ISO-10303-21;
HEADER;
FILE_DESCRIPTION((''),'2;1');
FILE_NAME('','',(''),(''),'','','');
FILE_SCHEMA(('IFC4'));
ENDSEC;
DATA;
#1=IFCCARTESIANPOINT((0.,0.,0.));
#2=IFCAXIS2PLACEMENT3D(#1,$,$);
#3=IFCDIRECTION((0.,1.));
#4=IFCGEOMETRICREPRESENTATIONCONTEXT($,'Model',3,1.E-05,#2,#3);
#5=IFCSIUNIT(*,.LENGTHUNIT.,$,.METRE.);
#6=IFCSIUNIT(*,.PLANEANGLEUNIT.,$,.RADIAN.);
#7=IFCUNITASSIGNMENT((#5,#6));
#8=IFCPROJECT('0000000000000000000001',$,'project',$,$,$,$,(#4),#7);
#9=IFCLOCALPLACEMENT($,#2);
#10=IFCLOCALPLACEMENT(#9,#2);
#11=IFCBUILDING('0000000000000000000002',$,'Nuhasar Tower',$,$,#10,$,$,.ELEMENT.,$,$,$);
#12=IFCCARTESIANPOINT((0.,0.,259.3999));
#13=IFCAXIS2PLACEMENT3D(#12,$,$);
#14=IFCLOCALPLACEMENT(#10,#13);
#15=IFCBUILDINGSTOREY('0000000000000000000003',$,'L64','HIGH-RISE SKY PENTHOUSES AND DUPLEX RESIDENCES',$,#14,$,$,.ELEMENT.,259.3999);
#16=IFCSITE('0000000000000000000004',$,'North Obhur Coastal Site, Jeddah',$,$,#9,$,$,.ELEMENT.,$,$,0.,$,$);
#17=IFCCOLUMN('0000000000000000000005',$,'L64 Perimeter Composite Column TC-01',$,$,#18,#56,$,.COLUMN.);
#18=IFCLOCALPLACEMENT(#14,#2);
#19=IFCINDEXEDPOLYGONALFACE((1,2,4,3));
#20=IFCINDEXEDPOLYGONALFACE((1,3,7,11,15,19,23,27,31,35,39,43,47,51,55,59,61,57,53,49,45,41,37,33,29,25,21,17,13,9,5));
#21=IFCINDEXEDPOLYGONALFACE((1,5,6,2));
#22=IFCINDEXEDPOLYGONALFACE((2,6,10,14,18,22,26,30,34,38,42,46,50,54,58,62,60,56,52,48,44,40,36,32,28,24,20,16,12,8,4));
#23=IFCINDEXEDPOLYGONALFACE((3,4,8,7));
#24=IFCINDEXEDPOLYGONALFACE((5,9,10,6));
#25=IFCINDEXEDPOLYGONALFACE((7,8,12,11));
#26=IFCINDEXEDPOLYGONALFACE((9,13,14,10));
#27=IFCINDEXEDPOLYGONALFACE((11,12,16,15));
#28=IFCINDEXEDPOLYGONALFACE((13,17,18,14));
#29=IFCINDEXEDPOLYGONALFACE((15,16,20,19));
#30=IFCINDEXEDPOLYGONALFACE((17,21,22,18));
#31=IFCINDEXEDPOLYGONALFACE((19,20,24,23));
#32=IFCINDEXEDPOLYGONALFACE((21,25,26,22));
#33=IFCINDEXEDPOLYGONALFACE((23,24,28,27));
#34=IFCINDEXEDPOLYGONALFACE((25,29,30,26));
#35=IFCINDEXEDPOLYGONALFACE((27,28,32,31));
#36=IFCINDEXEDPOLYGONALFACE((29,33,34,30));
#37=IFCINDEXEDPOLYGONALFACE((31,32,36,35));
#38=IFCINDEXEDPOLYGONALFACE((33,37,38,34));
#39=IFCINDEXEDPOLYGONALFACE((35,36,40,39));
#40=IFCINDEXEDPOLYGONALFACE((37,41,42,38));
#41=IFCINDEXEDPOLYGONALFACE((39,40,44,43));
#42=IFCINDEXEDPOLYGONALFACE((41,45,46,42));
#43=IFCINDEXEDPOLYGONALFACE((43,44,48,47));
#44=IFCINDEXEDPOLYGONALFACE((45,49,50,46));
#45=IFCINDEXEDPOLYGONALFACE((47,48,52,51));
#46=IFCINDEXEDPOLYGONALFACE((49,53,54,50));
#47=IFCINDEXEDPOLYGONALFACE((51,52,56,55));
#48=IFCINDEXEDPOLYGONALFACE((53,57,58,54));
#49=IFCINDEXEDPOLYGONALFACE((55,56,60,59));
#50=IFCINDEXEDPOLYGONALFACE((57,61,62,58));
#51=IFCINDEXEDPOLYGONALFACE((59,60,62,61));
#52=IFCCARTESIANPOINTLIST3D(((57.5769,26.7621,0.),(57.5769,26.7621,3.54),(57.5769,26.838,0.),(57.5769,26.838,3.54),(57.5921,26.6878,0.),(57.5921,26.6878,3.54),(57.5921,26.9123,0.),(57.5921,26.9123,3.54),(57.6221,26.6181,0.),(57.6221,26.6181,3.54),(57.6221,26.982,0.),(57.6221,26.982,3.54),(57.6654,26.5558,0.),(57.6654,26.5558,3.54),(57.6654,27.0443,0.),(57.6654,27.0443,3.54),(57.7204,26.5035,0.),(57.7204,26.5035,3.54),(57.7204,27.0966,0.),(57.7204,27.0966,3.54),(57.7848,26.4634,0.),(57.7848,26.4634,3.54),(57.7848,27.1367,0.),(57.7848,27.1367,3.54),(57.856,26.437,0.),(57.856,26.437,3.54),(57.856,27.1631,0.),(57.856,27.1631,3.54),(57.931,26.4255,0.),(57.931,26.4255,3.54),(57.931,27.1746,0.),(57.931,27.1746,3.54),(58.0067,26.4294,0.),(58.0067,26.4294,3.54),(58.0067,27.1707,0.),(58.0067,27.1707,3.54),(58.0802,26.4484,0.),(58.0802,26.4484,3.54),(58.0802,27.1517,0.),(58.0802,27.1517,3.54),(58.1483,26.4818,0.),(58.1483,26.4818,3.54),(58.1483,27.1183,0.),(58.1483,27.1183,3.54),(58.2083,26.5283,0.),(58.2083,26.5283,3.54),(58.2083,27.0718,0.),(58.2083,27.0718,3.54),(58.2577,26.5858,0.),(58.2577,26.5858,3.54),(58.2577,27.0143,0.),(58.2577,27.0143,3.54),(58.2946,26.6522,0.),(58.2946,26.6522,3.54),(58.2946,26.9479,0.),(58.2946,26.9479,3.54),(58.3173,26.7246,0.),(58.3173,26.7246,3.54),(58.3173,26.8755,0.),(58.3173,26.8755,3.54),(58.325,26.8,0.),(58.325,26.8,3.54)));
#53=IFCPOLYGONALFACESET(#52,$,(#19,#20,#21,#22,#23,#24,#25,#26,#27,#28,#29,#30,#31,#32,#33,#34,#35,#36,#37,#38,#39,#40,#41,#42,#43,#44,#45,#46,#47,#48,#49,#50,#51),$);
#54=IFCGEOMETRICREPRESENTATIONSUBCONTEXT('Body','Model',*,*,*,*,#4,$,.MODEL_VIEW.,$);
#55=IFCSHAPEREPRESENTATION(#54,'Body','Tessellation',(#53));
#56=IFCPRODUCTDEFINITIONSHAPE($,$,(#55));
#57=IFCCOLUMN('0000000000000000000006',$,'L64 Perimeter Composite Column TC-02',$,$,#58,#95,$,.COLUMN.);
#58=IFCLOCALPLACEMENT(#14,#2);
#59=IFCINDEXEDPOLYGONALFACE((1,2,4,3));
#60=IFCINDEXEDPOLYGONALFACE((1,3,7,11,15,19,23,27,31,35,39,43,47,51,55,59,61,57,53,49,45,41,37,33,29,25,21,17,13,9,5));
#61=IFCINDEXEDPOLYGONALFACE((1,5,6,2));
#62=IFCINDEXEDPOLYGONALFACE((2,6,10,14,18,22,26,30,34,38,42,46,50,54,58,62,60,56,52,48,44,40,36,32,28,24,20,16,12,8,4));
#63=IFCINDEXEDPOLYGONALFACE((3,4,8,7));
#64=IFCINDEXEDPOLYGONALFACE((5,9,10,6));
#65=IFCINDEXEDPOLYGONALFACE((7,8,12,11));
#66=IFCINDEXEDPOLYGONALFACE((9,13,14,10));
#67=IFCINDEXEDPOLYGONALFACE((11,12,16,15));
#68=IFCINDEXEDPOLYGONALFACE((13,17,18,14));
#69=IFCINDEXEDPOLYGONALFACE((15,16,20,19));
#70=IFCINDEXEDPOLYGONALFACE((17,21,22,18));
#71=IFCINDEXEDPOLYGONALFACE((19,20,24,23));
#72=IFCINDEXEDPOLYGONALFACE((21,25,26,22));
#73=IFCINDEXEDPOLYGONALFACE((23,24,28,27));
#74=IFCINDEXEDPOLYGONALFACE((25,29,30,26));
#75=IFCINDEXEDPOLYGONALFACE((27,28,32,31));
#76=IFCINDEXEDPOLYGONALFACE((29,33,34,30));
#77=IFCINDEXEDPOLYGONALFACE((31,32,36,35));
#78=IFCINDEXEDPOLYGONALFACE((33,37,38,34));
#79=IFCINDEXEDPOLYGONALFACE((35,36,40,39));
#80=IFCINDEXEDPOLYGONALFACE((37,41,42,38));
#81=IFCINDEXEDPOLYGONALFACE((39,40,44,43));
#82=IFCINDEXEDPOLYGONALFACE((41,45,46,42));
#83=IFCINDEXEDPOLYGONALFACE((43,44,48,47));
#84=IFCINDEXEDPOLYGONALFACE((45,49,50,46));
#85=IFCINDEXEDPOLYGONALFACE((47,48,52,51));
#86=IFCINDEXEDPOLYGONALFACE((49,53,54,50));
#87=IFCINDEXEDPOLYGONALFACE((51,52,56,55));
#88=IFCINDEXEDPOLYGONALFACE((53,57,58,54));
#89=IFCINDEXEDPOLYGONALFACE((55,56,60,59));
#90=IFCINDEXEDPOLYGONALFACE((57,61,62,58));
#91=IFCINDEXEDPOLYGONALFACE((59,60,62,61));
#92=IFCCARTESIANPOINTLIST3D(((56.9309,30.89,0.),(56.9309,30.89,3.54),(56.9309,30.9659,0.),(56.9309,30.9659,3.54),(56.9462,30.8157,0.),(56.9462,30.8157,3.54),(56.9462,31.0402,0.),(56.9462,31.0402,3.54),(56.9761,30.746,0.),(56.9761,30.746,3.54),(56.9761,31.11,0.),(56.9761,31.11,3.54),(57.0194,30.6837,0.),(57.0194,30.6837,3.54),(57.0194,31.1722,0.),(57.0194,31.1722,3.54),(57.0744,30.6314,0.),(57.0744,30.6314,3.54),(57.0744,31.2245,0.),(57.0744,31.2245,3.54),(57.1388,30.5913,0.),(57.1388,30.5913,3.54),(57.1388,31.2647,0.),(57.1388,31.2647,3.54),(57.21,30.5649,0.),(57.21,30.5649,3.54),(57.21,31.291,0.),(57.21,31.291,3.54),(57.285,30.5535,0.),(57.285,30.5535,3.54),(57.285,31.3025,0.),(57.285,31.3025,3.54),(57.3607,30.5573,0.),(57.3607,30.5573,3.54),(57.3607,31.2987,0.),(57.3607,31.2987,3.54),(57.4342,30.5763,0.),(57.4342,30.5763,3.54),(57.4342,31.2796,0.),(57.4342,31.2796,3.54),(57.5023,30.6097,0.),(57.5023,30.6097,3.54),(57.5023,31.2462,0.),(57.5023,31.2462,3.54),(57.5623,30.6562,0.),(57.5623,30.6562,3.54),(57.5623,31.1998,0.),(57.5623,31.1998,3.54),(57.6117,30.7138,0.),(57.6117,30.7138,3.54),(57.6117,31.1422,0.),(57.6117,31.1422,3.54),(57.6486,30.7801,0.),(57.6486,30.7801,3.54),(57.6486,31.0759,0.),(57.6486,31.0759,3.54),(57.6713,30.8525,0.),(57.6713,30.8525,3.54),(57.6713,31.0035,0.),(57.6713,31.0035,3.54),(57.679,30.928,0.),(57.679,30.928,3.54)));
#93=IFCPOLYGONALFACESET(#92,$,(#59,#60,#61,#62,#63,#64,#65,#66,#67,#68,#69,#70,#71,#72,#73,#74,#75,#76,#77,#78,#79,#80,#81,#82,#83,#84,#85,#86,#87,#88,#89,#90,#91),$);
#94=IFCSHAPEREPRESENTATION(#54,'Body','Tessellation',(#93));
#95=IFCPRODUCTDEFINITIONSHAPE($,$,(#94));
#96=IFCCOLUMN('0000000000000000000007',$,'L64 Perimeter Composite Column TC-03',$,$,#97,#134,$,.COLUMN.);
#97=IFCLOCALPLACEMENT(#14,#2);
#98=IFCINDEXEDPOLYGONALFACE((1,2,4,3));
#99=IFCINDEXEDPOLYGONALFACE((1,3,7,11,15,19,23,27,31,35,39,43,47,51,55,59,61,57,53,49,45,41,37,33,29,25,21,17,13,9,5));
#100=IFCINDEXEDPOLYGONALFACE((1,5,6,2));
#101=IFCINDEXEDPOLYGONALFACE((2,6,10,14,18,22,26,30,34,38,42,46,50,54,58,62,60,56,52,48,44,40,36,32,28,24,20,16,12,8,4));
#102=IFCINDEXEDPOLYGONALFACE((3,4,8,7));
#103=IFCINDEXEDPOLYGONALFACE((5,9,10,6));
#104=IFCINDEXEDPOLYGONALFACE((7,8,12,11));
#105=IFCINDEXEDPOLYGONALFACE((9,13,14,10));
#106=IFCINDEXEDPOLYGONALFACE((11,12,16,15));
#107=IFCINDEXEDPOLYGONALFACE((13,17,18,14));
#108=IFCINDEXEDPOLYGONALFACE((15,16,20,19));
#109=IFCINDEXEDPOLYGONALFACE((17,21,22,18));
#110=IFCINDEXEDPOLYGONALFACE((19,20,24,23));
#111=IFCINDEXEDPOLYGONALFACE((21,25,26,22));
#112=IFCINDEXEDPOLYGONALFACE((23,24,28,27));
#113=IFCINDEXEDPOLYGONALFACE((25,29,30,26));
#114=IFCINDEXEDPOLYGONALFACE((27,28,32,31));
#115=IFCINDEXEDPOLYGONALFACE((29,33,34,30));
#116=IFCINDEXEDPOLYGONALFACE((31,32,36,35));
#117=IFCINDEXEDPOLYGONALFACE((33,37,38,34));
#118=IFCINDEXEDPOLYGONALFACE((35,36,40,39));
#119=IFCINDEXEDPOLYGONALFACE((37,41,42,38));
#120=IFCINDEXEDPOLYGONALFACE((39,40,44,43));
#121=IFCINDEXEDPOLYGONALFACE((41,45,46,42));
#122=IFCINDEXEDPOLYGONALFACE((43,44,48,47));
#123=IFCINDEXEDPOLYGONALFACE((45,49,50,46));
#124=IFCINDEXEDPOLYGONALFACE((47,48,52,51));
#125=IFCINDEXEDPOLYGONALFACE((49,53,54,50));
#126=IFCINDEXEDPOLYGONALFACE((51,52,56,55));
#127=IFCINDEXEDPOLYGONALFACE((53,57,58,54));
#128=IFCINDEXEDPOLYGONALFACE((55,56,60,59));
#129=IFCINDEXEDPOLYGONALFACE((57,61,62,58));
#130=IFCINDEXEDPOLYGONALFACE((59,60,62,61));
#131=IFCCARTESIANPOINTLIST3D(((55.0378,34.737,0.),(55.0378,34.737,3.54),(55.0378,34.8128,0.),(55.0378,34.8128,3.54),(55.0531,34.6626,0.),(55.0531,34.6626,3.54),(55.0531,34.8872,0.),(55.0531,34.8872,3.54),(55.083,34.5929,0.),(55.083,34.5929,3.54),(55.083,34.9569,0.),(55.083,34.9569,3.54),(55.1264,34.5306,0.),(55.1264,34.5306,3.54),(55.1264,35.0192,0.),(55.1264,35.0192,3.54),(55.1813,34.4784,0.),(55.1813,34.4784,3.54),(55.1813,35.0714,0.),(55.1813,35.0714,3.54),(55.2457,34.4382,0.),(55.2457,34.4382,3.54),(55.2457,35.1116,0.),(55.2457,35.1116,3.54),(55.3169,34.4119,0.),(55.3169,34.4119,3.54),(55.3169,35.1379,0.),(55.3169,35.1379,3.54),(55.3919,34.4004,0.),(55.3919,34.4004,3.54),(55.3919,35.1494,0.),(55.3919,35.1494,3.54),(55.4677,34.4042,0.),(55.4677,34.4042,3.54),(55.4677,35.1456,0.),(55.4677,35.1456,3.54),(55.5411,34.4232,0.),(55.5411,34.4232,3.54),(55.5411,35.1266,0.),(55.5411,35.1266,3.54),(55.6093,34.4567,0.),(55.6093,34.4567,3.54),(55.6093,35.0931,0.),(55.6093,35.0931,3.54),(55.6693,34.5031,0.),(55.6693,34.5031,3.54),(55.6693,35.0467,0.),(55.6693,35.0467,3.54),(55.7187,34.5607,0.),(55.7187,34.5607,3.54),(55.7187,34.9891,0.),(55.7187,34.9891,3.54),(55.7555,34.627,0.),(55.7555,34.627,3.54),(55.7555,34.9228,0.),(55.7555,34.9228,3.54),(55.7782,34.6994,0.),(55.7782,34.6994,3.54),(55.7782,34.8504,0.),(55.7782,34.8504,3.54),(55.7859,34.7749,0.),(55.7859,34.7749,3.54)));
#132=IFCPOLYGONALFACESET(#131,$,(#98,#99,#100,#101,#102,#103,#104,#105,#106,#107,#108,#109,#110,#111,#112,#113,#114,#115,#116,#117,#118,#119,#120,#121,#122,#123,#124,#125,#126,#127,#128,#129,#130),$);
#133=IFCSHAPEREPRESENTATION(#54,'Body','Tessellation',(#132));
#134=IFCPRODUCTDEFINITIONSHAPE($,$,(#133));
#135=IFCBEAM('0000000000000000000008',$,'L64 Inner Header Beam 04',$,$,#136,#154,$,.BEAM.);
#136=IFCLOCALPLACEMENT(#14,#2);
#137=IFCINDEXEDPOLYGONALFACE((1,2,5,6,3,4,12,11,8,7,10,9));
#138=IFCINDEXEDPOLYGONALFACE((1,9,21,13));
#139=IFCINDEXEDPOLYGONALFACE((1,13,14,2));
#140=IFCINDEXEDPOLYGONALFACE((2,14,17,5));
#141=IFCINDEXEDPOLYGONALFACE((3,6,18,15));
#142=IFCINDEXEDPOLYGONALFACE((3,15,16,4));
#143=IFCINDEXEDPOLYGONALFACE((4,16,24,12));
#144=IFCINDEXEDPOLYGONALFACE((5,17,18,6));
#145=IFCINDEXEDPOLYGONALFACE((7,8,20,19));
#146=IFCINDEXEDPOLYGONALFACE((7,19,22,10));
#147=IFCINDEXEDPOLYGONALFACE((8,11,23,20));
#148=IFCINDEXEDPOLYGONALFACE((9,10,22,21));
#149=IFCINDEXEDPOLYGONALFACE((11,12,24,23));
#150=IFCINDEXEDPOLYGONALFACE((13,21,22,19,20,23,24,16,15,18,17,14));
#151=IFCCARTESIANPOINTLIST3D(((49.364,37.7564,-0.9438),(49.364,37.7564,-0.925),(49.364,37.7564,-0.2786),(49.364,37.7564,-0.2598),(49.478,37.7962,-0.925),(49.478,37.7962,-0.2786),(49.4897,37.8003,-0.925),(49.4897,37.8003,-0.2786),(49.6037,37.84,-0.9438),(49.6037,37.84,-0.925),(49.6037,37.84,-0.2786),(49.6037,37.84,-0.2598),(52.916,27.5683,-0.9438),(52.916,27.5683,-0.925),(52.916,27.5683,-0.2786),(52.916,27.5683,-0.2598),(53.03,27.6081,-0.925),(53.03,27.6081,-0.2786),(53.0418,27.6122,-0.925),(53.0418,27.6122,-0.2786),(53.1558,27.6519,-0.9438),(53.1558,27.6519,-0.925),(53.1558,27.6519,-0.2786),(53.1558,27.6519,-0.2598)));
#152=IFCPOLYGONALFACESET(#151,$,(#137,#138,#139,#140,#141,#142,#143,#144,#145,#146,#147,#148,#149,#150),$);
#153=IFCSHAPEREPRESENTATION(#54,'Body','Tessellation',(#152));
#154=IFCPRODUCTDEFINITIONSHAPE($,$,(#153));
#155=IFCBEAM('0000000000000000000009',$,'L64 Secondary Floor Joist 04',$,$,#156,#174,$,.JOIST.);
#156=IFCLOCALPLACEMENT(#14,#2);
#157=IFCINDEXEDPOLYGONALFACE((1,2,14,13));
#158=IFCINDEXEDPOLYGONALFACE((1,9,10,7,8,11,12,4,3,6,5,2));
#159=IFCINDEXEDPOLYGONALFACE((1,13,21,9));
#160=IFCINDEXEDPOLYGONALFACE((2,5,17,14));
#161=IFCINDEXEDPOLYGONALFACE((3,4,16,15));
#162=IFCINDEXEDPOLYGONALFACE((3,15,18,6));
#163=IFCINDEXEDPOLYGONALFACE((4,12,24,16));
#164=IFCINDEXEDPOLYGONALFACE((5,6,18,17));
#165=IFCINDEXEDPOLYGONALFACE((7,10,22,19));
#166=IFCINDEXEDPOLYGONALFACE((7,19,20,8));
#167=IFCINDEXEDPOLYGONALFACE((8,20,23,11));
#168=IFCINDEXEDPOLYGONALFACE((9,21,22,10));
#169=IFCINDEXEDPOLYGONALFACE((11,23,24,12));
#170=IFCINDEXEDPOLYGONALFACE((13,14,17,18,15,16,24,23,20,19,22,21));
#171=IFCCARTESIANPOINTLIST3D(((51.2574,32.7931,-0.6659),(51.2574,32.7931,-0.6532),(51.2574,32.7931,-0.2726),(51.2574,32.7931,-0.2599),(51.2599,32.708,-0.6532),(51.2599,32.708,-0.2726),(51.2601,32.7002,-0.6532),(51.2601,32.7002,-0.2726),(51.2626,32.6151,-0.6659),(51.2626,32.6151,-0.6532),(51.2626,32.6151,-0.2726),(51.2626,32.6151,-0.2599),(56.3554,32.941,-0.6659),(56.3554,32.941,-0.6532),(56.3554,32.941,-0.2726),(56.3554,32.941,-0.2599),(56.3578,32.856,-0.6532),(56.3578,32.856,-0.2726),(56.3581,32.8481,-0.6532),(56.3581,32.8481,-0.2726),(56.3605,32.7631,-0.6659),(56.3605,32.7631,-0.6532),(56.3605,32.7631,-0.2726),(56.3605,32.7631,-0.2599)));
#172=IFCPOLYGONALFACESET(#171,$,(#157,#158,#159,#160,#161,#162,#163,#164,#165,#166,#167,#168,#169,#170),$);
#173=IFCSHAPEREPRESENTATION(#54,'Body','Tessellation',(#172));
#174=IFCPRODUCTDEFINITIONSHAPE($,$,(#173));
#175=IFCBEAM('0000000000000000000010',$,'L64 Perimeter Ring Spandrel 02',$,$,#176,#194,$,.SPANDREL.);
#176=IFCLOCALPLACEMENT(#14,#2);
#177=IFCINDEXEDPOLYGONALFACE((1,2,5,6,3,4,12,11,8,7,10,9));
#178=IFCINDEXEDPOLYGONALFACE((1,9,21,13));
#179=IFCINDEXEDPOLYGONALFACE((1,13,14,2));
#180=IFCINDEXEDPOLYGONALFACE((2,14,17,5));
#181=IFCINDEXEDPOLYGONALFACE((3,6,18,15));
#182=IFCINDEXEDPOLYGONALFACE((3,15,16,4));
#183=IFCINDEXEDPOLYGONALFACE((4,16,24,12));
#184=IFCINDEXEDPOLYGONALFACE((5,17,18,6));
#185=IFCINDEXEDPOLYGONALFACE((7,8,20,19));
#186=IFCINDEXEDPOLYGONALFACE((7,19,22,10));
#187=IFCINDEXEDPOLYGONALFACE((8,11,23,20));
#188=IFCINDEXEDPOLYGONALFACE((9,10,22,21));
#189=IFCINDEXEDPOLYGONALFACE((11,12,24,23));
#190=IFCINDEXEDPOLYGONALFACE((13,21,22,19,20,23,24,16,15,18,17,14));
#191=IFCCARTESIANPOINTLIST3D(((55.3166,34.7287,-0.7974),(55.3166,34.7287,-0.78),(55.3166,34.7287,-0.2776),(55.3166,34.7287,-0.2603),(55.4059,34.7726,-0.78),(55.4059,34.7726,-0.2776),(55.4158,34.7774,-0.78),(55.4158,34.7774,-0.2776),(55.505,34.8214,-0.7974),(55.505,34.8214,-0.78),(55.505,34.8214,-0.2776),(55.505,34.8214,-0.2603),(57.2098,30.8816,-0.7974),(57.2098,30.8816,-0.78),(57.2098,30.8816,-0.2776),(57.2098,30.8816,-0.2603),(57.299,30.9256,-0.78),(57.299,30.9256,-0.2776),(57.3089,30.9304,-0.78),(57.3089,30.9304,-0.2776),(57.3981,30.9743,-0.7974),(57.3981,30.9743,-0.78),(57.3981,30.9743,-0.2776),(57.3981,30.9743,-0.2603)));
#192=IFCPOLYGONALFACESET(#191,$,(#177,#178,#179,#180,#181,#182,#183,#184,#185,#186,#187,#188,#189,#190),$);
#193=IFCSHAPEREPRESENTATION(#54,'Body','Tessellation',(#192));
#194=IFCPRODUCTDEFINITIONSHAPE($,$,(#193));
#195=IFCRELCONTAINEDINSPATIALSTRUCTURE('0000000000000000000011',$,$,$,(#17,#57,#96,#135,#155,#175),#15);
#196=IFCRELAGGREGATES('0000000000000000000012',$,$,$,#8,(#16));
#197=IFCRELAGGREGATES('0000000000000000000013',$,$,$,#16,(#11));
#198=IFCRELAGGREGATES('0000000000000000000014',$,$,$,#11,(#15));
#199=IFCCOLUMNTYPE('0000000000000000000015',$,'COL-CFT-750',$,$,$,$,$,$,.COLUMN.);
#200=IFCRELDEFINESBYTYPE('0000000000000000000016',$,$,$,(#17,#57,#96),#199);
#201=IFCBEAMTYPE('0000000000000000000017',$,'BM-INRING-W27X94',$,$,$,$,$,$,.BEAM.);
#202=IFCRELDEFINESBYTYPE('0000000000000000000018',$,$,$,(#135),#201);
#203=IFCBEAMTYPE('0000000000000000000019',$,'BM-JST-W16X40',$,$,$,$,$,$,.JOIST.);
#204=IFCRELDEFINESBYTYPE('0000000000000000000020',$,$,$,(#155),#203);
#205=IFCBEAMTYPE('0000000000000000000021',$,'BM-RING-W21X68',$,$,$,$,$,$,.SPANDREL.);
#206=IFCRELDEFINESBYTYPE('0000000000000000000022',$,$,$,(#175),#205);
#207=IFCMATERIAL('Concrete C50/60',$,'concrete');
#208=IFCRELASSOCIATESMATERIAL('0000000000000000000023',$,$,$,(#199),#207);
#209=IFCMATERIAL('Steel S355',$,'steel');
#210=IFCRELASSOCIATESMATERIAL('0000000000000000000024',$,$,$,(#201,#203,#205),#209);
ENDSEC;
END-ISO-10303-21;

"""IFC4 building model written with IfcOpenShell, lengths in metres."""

from ifc_helpers import new_model, si_unit, direction, frame, origin, origin_2d, place, context, subcontext, project, spatial, circle, i_section, extrude, material, material_profile, profile_set, type_object, element, save


model = new_model("IFC4")

# Units and contexts
model_context = context("Model", 3, precision=1e-05, world=origin(), true_north=direction((0.0, 1.0)))
body_context = subcontext(model_context, "Body", "Model", "MODEL_VIEW")
ifc_project = project(units=[si_unit("LENGTHUNIT", "METRE"), si_unit("PLANEANGLEUNIT", "RADIAN")], contexts=[model_context])

# Site, building, storey
site_placement = place(None, origin())
site = spatial("IfcSite", under=ifc_project, at=site_placement, Name="North Obhur Coastal Site, Jeddah", CompositionType="ELEMENT", RefElevation=0.0)
building_placement = place(site_placement, origin())
building = spatial("IfcBuilding", under=site, at=building_placement, Name="Nuhasar Tower", CompositionType="ELEMENT")
storey_placement = place(building_placement, frame((0.0, 0.0, 259.3999)))
storey = spatial("IfcBuildingStorey", under=building, at=storey_placement, Name="L64", Description="HIGH-RISE SKY PENTHOUSES AND DUPLEX RESIDENCES", CompositionType="ELEMENT", Elevation=259.3999)

# Columns
ifc_material_1 = material(Name="Concrete C50/60", Category="concrete")
ifc_material_profile_1 = material_profile(ifc_material_1, circle(Radius=0.375, at=origin_2d()), Name="CFT750")
ifc_profile_set_1 = profile_set([ifc_material_profile_1], Name="Concrete C50/60")
column_type = type_object("IfcColumnType", Name="COL-CFT-750", PredefinedType="COLUMN", material=ifc_profile_set_1)
for number, where, z_axis, x_axis, name in (
    (1, (57.95, 26.8, 0.0), (0.0, 0.0, 1.0), (1.0, 0.0, 0.0), "L64 Perimeter Composite Column TC-01"),
    (2, (57.304, 30.928, 0.0), (0.0, 0.0, 1.0), (1.0, 0.0, 0.0), "L64 Perimeter Composite Column TC-02"),
    (3, (55.4109, 34.7749, 0.0), (0.0, 0.0, 1.0), (1.0, 0.0, 0.0), "L64 Perimeter Composite Column TC-03"),
):
    element("IfcColumn", number, at=place(storey_placement, frame(where, z_axis=z_axis, x_axis=x_axis)), inside=storey, type_object=column_type, Name=name, PredefinedType="COLUMN", context=body_context, shape_type="SweptSolid", body=[
        extrude(circle(Radius=0.375, at=origin_2d()), origin(), (0.0, 0.0, 1.0), 3.54),
    ])

# Beams
ifc_material_2 = material(Name="Steel S355", Category="steel")
ifc_material_profile_2 = material_profile(ifc_material_2, i_section(OverallWidth=0.2539, OverallDepth=0.6841, WebThickness=0.0125, FlangeThickness=0.0188, at=origin_2d()), Name="W27X94")
ifc_profile_set_2 = profile_set([ifc_material_profile_2], Name="Steel S355")
beam_type_1 = type_object("IfcBeamType", Name="BM-INRING-W27X94", PredefinedType="BEAM", material=ifc_profile_set_2)
beam_1_placement = place(storey_placement, frame((53.0359, 27.6101, -0.6018), z_axis=(-0.329211, 0.944256, 0.0), x_axis=(-0.944256, -0.329211, 0.0)))
element("IfcBeam", 4, at=beam_1_placement, inside=storey, type_object=beam_type_1, Name="L64 Inner Header Beam 04", PredefinedType="BEAM", context=body_context, shape_type="SweptSolid", body=[
    extrude(i_section(OverallWidth=0.2539, OverallDepth=0.6841, WebThickness=0.0125, FlangeThickness=0.0188, at=origin_2d()), origin(), (0.0, 0.0, 1.0), 10.7896),
])
ifc_material_profile_3 = material_profile(ifc_material_2, i_section(OverallWidth=0.178, OverallDepth=0.406, WebThickness=0.0078, FlangeThickness=0.0127, at=origin_2d()), Name="W16X40")
ifc_profile_set_3 = profile_set([ifc_material_profile_3], Name="Steel S355")
beam_type_2 = type_object("IfcBeamType", Name="BM-JST-W16X40", PredefinedType="JOIST", material=ifc_profile_set_3)
beam_2_placement = place(storey_placement, frame((51.26, 32.7041, -0.4629), z_axis=(0.999579, 0.029009, 0.0), x_axis=(-0.029009, 0.999579, 0.0)))
element("IfcBeam", 5, at=beam_2_placement, inside=storey, type_object=beam_type_2, Name="L64 Secondary Floor Joist 04", PredefinedType="JOIST", context=body_context, shape_type="SweptSolid", body=[
    extrude(i_section(OverallWidth=0.178, OverallDepth=0.406, WebThickness=0.0078, FlangeThickness=0.0127, at=origin_2d()), origin(), (0.0, 0.0, 1.0), 5.1001),
])
ifc_material_profile_4 = material_profile(ifc_material_2, i_section(OverallWidth=0.21, OverallDepth=0.5371, WebThickness=0.011, FlangeThickness=0.0173, at=origin_2d()), Name="W21X68")
ifc_profile_set_4 = profile_set([ifc_material_profile_4], Name="Steel S355")
beam_type_3 = type_object("IfcBeamType", Name="BM-RING-W21X68", PredefinedType="SPANDREL", material=ifc_profile_set_4)
beam_3_placement = place(storey_placement, frame((57.304, 30.928, -0.5288), z_axis=(-0.441533, 0.897245, 0.0), x_axis=(-0.897245, -0.441533, 0.0)))
element("IfcBeam", 6, at=beam_3_placement, inside=storey, type_object=beam_type_3, Name="L64 Perimeter Ring Spandrel 02", PredefinedType="SPANDREL", context=body_context, shape_type="SweptSolid", body=[
    extrude(i_section(OverallWidth=0.21, OverallDepth=0.5371, WebThickness=0.011, FlangeThickness=0.0173, at=origin_2d()), origin(), (0.0, 0.0, 1.0), 4.2876),
])

save(model, "model.ifc")
